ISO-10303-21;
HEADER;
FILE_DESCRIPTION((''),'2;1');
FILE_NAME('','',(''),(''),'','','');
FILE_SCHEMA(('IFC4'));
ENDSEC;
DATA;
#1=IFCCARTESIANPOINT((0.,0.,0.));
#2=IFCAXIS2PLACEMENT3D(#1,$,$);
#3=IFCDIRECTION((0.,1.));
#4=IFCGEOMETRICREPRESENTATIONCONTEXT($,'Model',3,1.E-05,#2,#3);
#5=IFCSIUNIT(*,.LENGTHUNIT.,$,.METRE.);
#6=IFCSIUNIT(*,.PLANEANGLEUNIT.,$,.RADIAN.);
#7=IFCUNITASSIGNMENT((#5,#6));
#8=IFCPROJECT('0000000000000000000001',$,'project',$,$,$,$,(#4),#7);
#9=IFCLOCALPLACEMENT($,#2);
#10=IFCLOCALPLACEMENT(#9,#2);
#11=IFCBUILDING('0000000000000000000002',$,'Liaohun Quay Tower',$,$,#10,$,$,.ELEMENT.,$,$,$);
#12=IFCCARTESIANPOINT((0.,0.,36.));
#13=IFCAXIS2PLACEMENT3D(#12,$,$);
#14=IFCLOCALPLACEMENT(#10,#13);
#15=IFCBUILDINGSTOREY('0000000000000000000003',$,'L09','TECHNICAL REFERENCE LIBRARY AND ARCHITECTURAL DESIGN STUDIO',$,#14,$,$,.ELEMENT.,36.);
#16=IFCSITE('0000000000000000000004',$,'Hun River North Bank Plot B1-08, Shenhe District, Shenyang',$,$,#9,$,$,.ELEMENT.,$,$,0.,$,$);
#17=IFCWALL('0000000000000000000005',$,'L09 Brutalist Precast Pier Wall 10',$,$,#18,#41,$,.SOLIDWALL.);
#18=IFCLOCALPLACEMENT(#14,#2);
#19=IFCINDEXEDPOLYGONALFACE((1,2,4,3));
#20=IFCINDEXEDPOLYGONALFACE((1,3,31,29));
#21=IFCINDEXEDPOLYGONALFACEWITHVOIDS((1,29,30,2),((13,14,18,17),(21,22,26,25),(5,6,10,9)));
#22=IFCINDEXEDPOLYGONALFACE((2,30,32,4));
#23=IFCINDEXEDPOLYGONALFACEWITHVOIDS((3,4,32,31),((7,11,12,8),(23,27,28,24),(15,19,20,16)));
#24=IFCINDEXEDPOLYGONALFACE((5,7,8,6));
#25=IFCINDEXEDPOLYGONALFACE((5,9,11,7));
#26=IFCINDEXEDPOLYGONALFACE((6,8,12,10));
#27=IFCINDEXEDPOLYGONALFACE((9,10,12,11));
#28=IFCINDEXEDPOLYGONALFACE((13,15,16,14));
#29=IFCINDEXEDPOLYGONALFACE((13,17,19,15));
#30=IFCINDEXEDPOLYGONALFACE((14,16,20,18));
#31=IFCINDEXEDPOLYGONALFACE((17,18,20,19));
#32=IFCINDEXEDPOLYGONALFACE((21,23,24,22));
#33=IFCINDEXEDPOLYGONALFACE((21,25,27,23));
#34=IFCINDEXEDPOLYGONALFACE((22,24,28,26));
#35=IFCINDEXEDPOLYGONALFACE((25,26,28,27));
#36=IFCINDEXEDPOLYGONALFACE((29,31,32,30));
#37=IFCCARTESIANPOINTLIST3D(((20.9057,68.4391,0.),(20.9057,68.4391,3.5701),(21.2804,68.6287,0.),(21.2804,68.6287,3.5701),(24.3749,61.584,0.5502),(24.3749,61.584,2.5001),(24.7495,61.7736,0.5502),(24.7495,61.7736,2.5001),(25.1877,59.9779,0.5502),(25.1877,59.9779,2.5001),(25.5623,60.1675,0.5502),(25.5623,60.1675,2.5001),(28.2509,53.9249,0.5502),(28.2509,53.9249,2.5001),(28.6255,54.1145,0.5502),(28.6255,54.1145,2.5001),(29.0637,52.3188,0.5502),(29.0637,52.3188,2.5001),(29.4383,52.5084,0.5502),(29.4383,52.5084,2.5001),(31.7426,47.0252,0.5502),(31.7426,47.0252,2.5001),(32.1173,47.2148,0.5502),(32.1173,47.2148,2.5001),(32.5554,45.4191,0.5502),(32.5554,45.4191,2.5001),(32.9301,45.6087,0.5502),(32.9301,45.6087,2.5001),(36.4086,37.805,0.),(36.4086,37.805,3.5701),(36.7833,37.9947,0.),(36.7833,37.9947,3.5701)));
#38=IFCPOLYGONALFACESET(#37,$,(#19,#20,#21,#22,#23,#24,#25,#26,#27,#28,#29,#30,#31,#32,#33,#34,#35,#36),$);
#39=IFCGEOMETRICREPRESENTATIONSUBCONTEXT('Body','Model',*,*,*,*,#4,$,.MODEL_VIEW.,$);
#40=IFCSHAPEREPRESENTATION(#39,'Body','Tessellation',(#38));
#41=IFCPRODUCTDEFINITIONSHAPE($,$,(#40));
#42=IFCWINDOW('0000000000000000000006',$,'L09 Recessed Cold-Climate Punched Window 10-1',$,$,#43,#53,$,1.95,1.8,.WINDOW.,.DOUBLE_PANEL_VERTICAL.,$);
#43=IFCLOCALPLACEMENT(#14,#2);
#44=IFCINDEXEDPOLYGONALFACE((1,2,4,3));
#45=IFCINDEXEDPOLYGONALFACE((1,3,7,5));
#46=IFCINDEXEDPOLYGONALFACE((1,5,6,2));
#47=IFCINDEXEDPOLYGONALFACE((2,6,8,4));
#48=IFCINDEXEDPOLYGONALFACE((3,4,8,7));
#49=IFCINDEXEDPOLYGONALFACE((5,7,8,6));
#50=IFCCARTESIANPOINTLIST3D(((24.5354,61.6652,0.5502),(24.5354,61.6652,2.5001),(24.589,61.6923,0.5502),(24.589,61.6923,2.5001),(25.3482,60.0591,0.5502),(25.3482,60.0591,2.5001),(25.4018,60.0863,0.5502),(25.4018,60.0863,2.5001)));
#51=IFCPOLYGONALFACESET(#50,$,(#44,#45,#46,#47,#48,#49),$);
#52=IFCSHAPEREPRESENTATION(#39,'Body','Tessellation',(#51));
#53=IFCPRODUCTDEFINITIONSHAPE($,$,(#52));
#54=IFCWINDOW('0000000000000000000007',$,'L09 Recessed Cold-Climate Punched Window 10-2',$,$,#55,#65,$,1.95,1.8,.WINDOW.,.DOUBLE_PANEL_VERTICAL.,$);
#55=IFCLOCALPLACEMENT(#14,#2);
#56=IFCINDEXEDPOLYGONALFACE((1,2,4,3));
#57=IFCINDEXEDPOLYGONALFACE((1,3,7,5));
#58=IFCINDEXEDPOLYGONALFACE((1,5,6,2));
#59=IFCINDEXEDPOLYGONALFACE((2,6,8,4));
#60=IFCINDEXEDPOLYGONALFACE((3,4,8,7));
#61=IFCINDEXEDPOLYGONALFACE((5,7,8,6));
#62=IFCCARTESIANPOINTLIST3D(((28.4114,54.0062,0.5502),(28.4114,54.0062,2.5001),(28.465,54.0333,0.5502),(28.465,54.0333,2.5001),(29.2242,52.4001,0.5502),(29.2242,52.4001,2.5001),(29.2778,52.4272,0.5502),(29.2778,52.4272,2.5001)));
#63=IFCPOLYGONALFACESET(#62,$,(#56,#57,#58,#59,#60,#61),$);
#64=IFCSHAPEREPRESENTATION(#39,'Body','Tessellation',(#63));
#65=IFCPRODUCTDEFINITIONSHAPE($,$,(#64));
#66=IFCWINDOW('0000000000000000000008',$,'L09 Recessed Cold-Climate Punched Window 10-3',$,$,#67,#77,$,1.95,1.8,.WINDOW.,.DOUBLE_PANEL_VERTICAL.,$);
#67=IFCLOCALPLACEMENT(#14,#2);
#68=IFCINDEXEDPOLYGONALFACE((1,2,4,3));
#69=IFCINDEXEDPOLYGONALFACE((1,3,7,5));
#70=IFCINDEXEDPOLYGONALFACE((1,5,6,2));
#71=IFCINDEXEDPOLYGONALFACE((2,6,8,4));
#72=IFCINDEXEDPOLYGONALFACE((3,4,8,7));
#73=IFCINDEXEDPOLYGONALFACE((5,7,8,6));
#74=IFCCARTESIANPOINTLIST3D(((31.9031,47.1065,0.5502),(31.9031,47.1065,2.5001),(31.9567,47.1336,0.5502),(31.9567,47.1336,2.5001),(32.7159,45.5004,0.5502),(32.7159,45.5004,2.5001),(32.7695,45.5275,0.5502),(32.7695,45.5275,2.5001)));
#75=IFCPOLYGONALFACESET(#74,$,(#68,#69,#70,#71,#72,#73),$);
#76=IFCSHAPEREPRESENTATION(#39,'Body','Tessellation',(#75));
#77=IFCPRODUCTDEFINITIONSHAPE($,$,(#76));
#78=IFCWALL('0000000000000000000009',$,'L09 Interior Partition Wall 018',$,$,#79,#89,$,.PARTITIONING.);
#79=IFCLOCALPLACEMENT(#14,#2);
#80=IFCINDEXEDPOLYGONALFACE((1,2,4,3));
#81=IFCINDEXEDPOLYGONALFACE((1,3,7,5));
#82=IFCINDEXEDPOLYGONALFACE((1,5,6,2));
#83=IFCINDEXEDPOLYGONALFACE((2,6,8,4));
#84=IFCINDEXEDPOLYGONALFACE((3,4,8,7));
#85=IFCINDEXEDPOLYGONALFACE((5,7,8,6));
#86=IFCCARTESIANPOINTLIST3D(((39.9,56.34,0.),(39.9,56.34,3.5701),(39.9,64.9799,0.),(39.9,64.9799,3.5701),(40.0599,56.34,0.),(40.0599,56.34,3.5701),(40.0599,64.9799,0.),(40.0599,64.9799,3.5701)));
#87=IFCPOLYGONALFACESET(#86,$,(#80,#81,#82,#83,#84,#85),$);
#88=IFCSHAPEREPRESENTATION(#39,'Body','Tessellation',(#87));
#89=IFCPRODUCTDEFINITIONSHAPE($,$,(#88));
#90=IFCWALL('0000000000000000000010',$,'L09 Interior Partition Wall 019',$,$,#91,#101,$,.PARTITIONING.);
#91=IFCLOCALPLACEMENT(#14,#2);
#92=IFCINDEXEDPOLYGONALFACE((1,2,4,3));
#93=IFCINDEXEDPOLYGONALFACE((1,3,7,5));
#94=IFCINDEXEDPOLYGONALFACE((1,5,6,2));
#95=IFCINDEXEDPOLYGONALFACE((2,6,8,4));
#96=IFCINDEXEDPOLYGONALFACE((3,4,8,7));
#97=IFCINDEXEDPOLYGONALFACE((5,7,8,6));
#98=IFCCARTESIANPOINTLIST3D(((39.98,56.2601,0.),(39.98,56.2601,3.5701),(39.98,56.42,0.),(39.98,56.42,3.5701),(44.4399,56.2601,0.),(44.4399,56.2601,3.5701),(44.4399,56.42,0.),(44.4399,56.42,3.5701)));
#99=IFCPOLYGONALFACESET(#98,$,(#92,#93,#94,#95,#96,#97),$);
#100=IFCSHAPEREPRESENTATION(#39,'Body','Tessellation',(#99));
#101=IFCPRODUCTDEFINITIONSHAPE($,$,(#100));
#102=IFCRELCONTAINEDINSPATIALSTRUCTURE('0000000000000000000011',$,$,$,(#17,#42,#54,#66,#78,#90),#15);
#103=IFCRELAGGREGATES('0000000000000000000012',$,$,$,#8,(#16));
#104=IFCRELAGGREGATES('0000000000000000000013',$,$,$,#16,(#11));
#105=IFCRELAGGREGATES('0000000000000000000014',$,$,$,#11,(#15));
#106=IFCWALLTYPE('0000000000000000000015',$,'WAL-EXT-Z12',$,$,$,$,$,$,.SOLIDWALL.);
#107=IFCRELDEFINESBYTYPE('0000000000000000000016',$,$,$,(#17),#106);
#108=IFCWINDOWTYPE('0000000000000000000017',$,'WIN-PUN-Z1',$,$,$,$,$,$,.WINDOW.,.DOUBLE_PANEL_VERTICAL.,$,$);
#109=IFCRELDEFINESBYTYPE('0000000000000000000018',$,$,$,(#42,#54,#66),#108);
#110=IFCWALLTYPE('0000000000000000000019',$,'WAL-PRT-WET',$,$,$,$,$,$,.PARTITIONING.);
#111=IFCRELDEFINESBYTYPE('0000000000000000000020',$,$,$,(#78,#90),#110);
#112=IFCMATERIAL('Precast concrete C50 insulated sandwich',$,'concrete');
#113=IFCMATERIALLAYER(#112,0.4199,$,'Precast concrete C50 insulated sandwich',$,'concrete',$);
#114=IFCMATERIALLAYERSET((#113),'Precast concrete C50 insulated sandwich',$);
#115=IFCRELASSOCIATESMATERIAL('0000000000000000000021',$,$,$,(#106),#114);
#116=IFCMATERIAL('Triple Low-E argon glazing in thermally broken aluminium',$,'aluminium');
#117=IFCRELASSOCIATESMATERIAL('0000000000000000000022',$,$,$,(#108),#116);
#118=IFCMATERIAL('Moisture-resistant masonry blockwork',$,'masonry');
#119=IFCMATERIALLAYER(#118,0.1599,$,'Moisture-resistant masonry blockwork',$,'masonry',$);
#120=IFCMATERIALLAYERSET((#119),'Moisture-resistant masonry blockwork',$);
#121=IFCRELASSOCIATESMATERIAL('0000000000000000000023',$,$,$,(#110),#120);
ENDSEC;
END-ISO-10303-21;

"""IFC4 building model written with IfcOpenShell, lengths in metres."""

from ifc_helpers import new_model, si_unit, direction, frame, frame_2d, origin, place, context, subcontext, project, spatial, rectangle, extrude, source, transform, mapped, material, layer, layer_set, type_object, element, fill, save


model = new_model("IFC4")

# Units and contexts
model_context = context("Model", 3, precision=1e-05, world=origin(), true_north=direction((0.0, 1.0)))
body_context = subcontext(model_context, "Body", "Model", "MODEL_VIEW")
ifc_project = project(units=[si_unit("LENGTHUNIT", "METRE"), si_unit("PLANEANGLEUNIT", "RADIAN")], contexts=[model_context])

# Site, building, storey
site_placement = place(None, origin())
site = spatial("IfcSite", under=ifc_project, at=site_placement, Name="Hun River North Bank Plot B1-08, Shenhe District, Shenyang", CompositionType="ELEMENT", RefElevation=0.0)
building_placement = place(site_placement, origin())
building = spatial("IfcBuilding", under=site, at=building_placement, Name="Liaohun Quay Tower", CompositionType="ELEMENT")
storey_placement = place(building_placement, frame((0.0, 0.0, 36.0)))
storey = spatial("IfcBuildingStorey", under=building, at=storey_placement, Name="L09", Description="TECHNICAL REFERENCE LIBRARY AND ARCHITECTURAL DESIGN STUDIO", CompositionType="ELEMENT", Elevation=36.0)

# Shared definitions
ifc_material_1 = material(Name="Precast concrete C50 insulated sandwich", Category="concrete")
ifc_layer_1 = layer(ifc_material_1, 0.4199, Name="Precast concrete C50 insulated sandwich", Category="concrete")
ifc_layer_set_1 = layer_set([ifc_layer_1], Name="Precast concrete C50 insulated sandwich")
wall_type_1 = type_object("IfcWallType", Name="WAL-EXT-Z12", PredefinedType="SOLIDWALL", material=ifc_layer_set_1)

# Wall, openings, windows
wall_1_placement = place(storey_placement, frame((21.093, 68.5339, 0.0), z_axis=(0.0, 0.0, 1.0), x_axis=(0.45154, -0.892251, 0.0)))
wall_1 = element("IfcWall", 1, at=wall_1_placement, inside=storey, type_object=wall_type_1, Name="L09 Brutalist Precast Pier Wall 10", PredefinedType="SOLIDWALL", context=body_context, shape_type="SweptSolid", body=[
    extrude(rectangle(XDim=34.3335, YDim=0.4199, at=frame_2d((17.1667, 0.0))), origin(), (0.0, 0.0, 1.0), 3.5701),
])
shared_shape_1 = source(origin(), body_context, "Body", "SweptSolid", [
    extrude(rectangle(XDim=1.8, YDim=1.95, at=frame_2d((0.8999, 0.9751))), frame((0.0, 0.22, 0.0), z_axis=(0.0, -1.0, 0.0), x_axis=(1.0, 0.0, 0.0)), (0.0, 0.0, 1.0), 0.4399),
])
opening_1_placement = place(wall_1_placement, frame((7.6831, 0.0, 0.55)))
opening_1 = element("IfcOpeningElement", 2, at=opening_1_placement, cuts=wall_1, PredefinedType="OPENING", context=body_context, shape_type="MappedRepresentation", body=[
    mapped(shared_shape_1, transform((0.0, 0.0, 0.0), x_axis=(1.0, 0.0, 0.0), y_axis=(0.0, 1.0, 0.0), z_axis=(0.0, 0.0, 1.0), scale=1.0)),
])
opening_2_placement = place(wall_1_placement, frame((16.2671, 0.0, 0.55)))
opening_2 = element("IfcOpeningElement", 3, at=opening_2_placement, cuts=wall_1, PredefinedType="OPENING", context=body_context, shape_type="MappedRepresentation", body=[
    mapped(shared_shape_1, transform((0.0, 0.0, 0.0), x_axis=(1.0, 0.0, 0.0), y_axis=(0.0, 1.0, 0.0), z_axis=(0.0, 0.0, 1.0), scale=1.0)),
])
opening_3_placement = place(wall_1_placement, frame((24.0, 0.0, 0.55)))
opening_3 = element("IfcOpeningElement", 4, at=opening_3_placement, cuts=wall_1, PredefinedType="OPENING", context=body_context, shape_type="MappedRepresentation", body=[
    mapped(shared_shape_1, transform((0.0, 0.0, 0.0), x_axis=(1.0, 0.0, 0.0), y_axis=(0.0, 1.0, 0.0), z_axis=(0.0, 0.0, 1.0), scale=1.0)),
])
ifc_material_2 = material(Name="Triple Low-E argon glazing in thermally broken aluminium", Category="aluminium")
window_type_1 = type_object("IfcWindowType", Name="WIN-PUN-Z1", PartitioningType="DOUBLE_PANEL_VERTICAL", PredefinedType="WINDOW", material=ifc_material_2)
shared_shape_2 = source(origin(), body_context, "Body", "SweptSolid", [
    extrude(rectangle(XDim=1.8, YDim=1.95, at=frame_2d((0.8999, 0.9751))), frame((0.0, 0.03, 0.0), z_axis=(0.0, -1.0, 0.0), x_axis=(1.0, 0.0, 0.0)), (0.0, 0.0, 1.0), 0.0601),
])
window_1_placement = place(opening_1_placement, origin())
window_1 = element("IfcWindow", 5, at=window_1_placement, inside=storey, type_object=window_type_1, Name="L09 Recessed Cold-Climate Punched Window 10-1", OverallHeight=1.95, OverallWidth=1.8, PartitioningType="DOUBLE_PANEL_VERTICAL", PredefinedType="WINDOW", context=body_context, shape_type="MappedRepresentation", body=[
    mapped(shared_shape_2, transform((0.0, 0.0, 0.0), x_axis=(1.0, 0.0, 0.0), y_axis=(0.0, 1.0, 0.0), z_axis=(0.0, 0.0, 1.0), scale=1.0)),
])
fill(opening_1, window_1)
window_2_placement = place(opening_2_placement, origin())
window_2 = element("IfcWindow", 6, at=window_2_placement, inside=storey, type_object=window_type_1, Name="L09 Recessed Cold-Climate Punched Window 10-2", OverallHeight=1.95, OverallWidth=1.8, PartitioningType="DOUBLE_PANEL_VERTICAL", PredefinedType="WINDOW", context=body_context, shape_type="MappedRepresentation", body=[
    mapped(shared_shape_2, transform((0.0, 0.0, 0.0), x_axis=(1.0, 0.0, 0.0), y_axis=(0.0, 1.0, 0.0), z_axis=(0.0, 0.0, 1.0), scale=1.0)),
])
fill(opening_2, window_2)
window_3_placement = place(opening_3_placement, origin())
window_3 = element("IfcWindow", 7, at=window_3_placement, inside=storey, type_object=window_type_1, Name="L09 Recessed Cold-Climate Punched Window 10-3", OverallHeight=1.95, OverallWidth=1.8, PartitioningType="DOUBLE_PANEL_VERTICAL", PredefinedType="WINDOW", context=body_context, shape_type="MappedRepresentation", body=[
    mapped(shared_shape_2, transform((0.0, 0.0, 0.0), x_axis=(1.0, 0.0, 0.0), y_axis=(0.0, 1.0, 0.0), z_axis=(0.0, 0.0, 1.0), scale=1.0)),
])
fill(opening_3, window_3)

# Walls
ifc_material_3 = material(Name="Moisture-resistant masonry blockwork", Category="masonry")
ifc_layer_2 = layer(ifc_material_3, 0.1599, Name="Moisture-resistant masonry blockwork", Category="masonry")
ifc_layer_set_2 = layer_set([ifc_layer_2], Name="Moisture-resistant masonry blockwork")
wall_type_2 = type_object("IfcWallType", Name="WAL-PRT-WET", PredefinedType="PARTITIONING", material=ifc_layer_set_2)
wall_2_placement = place(storey_placement, frame((39.98, 56.3401, 0.0), z_axis=(0.0, 0.0, 1.0), x_axis=(0.0, 1.0, 0.0)))
element("IfcWall", 8, at=wall_2_placement, inside=storey, type_object=wall_type_2, Name="L09 Interior Partition Wall 018", PredefinedType="PARTITIONING", context=body_context, shape_type="SweptSolid", body=[
    extrude(rectangle(XDim=8.6399, YDim=0.1599, at=frame_2d((4.3198, 0.0))), origin(), (0.0, 0.0, 1.0), 3.5701),
])
wall_3_placement = place(storey_placement, frame((39.98, 56.3401, 0.0), z_axis=(0.0, 0.0, 1.0), x_axis=(1.0, 0.0, 0.0)))
element("IfcWall", 9, at=wall_3_placement, inside=storey, type_object=wall_type_2, Name="L09 Interior Partition Wall 019", PredefinedType="PARTITIONING", context=body_context, shape_type="SweptSolid", body=[
    extrude(rectangle(XDim=4.46, YDim=0.1599, at=frame_2d((2.23, 0.0))), origin(), (0.0, 0.0, 1.0), 3.5701),
])

save(model, "model.ifc")
